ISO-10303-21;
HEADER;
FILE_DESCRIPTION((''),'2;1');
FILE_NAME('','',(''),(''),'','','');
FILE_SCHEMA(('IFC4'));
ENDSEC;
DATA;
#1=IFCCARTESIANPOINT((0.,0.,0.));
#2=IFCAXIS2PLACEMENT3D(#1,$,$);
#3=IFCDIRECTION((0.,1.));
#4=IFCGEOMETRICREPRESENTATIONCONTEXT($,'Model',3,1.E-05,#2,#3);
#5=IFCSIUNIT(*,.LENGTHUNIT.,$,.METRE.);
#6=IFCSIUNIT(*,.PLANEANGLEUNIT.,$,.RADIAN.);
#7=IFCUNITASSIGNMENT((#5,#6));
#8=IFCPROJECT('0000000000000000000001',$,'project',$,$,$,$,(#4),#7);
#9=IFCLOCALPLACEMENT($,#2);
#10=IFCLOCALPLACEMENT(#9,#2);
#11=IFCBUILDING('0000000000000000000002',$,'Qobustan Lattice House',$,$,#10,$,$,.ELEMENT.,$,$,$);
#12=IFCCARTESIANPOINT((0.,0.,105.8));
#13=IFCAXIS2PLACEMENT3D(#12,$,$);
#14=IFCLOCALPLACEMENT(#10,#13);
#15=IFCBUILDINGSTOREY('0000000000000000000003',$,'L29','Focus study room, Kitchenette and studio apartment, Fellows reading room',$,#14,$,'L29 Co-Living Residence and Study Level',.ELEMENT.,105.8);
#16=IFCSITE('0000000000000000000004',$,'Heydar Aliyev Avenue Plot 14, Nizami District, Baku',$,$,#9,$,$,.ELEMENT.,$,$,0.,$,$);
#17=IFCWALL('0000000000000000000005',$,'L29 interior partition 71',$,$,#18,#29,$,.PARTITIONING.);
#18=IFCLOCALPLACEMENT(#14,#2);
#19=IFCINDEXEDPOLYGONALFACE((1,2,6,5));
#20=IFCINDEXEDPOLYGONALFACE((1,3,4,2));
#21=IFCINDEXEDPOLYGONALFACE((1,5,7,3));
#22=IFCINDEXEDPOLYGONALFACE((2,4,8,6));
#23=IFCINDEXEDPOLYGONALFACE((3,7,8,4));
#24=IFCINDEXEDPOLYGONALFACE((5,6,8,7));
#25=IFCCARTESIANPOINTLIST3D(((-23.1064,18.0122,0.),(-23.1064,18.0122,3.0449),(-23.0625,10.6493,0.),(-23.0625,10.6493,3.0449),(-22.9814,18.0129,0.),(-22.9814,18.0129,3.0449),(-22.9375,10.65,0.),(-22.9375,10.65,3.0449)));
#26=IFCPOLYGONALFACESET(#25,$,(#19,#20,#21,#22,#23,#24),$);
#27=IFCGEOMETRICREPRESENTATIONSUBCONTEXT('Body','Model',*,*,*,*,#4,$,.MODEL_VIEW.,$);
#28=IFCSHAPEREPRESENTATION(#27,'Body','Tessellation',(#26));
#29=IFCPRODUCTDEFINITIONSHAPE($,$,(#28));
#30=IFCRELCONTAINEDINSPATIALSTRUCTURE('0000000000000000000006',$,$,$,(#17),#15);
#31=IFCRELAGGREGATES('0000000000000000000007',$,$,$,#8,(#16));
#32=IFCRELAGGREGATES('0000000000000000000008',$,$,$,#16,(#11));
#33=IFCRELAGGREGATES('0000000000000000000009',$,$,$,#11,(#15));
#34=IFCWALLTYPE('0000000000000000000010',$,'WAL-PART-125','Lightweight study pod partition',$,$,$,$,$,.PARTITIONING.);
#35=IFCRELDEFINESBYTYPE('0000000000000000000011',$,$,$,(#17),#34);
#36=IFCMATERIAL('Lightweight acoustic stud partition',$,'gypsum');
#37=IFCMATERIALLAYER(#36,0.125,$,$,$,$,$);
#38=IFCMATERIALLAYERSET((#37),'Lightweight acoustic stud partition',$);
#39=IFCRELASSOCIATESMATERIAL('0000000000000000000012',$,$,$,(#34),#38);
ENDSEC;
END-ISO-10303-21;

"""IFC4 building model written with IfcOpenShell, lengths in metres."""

from ifc_helpers import new_model, si_unit, direction, frame, frame_2d, origin, place, context, subcontext, project, spatial, rectangle, extrude, material, layer, layer_set, type_object, element, save


model = new_model("IFC4")

# Units and contexts
model_context = context("Model", 3, precision=1e-05, world=origin(), true_north=direction((0.0, 1.0)))
body_context = subcontext(model_context, "Body", "Model", "MODEL_VIEW")
ifc_project = project(units=[si_unit("LENGTHUNIT", "METRE"), si_unit("PLANEANGLEUNIT", "RADIAN")], contexts=[model_context])

# Site, building, storey
site_placement = place(None, origin())
site = spatial("IfcSite", under=ifc_project, at=site_placement, Name="Heydar Aliyev Avenue Plot 14, Nizami District, Baku", CompositionType="ELEMENT", RefElevation=0.0)
building_placement = place(site_placement, origin())
building = spatial("IfcBuilding", under=site, at=building_placement, Name="Qobustan Lattice House", CompositionType="ELEMENT")
storey_placement = place(building_placement, frame((0.0, 0.0, 105.8)))
storey = spatial("IfcBuildingStorey", under=building, at=storey_placement, Name="L29", Description="Focus study room, Kitchenette and studio apartment, Fellows reading room", LongName="L29 Co-Living Residence and Study Level", CompositionType="ELEMENT", Elevation=105.8)

# Wall
ifc_material_1 = material(Name="Lightweight acoustic stud partition", Category="gypsum")
ifc_layer_1 = layer(ifc_material_1, 0.125)
ifc_layer_set_1 = layer_set([ifc_layer_1], Name="Lightweight acoustic stud partition")
wall_type_1 = type_object("IfcWallType", Name="WAL-PART-125", Description="Lightweight study pod partition", PredefinedType="PARTITIONING", material=ifc_layer_set_1)
wall_1_placement = place(storey_placement, frame((-23.0439, 18.0127, 0.0), z_axis=(0.0, 0.0, 1.0), x_axis=(0.005968, -0.999982, 0.0)))
element("IfcWall", 1, at=wall_1_placement, inside=storey, type_object=wall_type_1, Name="L29 interior partition 71", PredefinedType="PARTITIONING", context=body_context, shape_type="SweptSolid", body=[
    extrude(rectangle(XDim=7.363, YDim=0.125, at=frame_2d((3.6816, 0.0))), origin(), (0.0, 0.0, 1.0), 3.0449),
])

save(model, "model.ifc")
